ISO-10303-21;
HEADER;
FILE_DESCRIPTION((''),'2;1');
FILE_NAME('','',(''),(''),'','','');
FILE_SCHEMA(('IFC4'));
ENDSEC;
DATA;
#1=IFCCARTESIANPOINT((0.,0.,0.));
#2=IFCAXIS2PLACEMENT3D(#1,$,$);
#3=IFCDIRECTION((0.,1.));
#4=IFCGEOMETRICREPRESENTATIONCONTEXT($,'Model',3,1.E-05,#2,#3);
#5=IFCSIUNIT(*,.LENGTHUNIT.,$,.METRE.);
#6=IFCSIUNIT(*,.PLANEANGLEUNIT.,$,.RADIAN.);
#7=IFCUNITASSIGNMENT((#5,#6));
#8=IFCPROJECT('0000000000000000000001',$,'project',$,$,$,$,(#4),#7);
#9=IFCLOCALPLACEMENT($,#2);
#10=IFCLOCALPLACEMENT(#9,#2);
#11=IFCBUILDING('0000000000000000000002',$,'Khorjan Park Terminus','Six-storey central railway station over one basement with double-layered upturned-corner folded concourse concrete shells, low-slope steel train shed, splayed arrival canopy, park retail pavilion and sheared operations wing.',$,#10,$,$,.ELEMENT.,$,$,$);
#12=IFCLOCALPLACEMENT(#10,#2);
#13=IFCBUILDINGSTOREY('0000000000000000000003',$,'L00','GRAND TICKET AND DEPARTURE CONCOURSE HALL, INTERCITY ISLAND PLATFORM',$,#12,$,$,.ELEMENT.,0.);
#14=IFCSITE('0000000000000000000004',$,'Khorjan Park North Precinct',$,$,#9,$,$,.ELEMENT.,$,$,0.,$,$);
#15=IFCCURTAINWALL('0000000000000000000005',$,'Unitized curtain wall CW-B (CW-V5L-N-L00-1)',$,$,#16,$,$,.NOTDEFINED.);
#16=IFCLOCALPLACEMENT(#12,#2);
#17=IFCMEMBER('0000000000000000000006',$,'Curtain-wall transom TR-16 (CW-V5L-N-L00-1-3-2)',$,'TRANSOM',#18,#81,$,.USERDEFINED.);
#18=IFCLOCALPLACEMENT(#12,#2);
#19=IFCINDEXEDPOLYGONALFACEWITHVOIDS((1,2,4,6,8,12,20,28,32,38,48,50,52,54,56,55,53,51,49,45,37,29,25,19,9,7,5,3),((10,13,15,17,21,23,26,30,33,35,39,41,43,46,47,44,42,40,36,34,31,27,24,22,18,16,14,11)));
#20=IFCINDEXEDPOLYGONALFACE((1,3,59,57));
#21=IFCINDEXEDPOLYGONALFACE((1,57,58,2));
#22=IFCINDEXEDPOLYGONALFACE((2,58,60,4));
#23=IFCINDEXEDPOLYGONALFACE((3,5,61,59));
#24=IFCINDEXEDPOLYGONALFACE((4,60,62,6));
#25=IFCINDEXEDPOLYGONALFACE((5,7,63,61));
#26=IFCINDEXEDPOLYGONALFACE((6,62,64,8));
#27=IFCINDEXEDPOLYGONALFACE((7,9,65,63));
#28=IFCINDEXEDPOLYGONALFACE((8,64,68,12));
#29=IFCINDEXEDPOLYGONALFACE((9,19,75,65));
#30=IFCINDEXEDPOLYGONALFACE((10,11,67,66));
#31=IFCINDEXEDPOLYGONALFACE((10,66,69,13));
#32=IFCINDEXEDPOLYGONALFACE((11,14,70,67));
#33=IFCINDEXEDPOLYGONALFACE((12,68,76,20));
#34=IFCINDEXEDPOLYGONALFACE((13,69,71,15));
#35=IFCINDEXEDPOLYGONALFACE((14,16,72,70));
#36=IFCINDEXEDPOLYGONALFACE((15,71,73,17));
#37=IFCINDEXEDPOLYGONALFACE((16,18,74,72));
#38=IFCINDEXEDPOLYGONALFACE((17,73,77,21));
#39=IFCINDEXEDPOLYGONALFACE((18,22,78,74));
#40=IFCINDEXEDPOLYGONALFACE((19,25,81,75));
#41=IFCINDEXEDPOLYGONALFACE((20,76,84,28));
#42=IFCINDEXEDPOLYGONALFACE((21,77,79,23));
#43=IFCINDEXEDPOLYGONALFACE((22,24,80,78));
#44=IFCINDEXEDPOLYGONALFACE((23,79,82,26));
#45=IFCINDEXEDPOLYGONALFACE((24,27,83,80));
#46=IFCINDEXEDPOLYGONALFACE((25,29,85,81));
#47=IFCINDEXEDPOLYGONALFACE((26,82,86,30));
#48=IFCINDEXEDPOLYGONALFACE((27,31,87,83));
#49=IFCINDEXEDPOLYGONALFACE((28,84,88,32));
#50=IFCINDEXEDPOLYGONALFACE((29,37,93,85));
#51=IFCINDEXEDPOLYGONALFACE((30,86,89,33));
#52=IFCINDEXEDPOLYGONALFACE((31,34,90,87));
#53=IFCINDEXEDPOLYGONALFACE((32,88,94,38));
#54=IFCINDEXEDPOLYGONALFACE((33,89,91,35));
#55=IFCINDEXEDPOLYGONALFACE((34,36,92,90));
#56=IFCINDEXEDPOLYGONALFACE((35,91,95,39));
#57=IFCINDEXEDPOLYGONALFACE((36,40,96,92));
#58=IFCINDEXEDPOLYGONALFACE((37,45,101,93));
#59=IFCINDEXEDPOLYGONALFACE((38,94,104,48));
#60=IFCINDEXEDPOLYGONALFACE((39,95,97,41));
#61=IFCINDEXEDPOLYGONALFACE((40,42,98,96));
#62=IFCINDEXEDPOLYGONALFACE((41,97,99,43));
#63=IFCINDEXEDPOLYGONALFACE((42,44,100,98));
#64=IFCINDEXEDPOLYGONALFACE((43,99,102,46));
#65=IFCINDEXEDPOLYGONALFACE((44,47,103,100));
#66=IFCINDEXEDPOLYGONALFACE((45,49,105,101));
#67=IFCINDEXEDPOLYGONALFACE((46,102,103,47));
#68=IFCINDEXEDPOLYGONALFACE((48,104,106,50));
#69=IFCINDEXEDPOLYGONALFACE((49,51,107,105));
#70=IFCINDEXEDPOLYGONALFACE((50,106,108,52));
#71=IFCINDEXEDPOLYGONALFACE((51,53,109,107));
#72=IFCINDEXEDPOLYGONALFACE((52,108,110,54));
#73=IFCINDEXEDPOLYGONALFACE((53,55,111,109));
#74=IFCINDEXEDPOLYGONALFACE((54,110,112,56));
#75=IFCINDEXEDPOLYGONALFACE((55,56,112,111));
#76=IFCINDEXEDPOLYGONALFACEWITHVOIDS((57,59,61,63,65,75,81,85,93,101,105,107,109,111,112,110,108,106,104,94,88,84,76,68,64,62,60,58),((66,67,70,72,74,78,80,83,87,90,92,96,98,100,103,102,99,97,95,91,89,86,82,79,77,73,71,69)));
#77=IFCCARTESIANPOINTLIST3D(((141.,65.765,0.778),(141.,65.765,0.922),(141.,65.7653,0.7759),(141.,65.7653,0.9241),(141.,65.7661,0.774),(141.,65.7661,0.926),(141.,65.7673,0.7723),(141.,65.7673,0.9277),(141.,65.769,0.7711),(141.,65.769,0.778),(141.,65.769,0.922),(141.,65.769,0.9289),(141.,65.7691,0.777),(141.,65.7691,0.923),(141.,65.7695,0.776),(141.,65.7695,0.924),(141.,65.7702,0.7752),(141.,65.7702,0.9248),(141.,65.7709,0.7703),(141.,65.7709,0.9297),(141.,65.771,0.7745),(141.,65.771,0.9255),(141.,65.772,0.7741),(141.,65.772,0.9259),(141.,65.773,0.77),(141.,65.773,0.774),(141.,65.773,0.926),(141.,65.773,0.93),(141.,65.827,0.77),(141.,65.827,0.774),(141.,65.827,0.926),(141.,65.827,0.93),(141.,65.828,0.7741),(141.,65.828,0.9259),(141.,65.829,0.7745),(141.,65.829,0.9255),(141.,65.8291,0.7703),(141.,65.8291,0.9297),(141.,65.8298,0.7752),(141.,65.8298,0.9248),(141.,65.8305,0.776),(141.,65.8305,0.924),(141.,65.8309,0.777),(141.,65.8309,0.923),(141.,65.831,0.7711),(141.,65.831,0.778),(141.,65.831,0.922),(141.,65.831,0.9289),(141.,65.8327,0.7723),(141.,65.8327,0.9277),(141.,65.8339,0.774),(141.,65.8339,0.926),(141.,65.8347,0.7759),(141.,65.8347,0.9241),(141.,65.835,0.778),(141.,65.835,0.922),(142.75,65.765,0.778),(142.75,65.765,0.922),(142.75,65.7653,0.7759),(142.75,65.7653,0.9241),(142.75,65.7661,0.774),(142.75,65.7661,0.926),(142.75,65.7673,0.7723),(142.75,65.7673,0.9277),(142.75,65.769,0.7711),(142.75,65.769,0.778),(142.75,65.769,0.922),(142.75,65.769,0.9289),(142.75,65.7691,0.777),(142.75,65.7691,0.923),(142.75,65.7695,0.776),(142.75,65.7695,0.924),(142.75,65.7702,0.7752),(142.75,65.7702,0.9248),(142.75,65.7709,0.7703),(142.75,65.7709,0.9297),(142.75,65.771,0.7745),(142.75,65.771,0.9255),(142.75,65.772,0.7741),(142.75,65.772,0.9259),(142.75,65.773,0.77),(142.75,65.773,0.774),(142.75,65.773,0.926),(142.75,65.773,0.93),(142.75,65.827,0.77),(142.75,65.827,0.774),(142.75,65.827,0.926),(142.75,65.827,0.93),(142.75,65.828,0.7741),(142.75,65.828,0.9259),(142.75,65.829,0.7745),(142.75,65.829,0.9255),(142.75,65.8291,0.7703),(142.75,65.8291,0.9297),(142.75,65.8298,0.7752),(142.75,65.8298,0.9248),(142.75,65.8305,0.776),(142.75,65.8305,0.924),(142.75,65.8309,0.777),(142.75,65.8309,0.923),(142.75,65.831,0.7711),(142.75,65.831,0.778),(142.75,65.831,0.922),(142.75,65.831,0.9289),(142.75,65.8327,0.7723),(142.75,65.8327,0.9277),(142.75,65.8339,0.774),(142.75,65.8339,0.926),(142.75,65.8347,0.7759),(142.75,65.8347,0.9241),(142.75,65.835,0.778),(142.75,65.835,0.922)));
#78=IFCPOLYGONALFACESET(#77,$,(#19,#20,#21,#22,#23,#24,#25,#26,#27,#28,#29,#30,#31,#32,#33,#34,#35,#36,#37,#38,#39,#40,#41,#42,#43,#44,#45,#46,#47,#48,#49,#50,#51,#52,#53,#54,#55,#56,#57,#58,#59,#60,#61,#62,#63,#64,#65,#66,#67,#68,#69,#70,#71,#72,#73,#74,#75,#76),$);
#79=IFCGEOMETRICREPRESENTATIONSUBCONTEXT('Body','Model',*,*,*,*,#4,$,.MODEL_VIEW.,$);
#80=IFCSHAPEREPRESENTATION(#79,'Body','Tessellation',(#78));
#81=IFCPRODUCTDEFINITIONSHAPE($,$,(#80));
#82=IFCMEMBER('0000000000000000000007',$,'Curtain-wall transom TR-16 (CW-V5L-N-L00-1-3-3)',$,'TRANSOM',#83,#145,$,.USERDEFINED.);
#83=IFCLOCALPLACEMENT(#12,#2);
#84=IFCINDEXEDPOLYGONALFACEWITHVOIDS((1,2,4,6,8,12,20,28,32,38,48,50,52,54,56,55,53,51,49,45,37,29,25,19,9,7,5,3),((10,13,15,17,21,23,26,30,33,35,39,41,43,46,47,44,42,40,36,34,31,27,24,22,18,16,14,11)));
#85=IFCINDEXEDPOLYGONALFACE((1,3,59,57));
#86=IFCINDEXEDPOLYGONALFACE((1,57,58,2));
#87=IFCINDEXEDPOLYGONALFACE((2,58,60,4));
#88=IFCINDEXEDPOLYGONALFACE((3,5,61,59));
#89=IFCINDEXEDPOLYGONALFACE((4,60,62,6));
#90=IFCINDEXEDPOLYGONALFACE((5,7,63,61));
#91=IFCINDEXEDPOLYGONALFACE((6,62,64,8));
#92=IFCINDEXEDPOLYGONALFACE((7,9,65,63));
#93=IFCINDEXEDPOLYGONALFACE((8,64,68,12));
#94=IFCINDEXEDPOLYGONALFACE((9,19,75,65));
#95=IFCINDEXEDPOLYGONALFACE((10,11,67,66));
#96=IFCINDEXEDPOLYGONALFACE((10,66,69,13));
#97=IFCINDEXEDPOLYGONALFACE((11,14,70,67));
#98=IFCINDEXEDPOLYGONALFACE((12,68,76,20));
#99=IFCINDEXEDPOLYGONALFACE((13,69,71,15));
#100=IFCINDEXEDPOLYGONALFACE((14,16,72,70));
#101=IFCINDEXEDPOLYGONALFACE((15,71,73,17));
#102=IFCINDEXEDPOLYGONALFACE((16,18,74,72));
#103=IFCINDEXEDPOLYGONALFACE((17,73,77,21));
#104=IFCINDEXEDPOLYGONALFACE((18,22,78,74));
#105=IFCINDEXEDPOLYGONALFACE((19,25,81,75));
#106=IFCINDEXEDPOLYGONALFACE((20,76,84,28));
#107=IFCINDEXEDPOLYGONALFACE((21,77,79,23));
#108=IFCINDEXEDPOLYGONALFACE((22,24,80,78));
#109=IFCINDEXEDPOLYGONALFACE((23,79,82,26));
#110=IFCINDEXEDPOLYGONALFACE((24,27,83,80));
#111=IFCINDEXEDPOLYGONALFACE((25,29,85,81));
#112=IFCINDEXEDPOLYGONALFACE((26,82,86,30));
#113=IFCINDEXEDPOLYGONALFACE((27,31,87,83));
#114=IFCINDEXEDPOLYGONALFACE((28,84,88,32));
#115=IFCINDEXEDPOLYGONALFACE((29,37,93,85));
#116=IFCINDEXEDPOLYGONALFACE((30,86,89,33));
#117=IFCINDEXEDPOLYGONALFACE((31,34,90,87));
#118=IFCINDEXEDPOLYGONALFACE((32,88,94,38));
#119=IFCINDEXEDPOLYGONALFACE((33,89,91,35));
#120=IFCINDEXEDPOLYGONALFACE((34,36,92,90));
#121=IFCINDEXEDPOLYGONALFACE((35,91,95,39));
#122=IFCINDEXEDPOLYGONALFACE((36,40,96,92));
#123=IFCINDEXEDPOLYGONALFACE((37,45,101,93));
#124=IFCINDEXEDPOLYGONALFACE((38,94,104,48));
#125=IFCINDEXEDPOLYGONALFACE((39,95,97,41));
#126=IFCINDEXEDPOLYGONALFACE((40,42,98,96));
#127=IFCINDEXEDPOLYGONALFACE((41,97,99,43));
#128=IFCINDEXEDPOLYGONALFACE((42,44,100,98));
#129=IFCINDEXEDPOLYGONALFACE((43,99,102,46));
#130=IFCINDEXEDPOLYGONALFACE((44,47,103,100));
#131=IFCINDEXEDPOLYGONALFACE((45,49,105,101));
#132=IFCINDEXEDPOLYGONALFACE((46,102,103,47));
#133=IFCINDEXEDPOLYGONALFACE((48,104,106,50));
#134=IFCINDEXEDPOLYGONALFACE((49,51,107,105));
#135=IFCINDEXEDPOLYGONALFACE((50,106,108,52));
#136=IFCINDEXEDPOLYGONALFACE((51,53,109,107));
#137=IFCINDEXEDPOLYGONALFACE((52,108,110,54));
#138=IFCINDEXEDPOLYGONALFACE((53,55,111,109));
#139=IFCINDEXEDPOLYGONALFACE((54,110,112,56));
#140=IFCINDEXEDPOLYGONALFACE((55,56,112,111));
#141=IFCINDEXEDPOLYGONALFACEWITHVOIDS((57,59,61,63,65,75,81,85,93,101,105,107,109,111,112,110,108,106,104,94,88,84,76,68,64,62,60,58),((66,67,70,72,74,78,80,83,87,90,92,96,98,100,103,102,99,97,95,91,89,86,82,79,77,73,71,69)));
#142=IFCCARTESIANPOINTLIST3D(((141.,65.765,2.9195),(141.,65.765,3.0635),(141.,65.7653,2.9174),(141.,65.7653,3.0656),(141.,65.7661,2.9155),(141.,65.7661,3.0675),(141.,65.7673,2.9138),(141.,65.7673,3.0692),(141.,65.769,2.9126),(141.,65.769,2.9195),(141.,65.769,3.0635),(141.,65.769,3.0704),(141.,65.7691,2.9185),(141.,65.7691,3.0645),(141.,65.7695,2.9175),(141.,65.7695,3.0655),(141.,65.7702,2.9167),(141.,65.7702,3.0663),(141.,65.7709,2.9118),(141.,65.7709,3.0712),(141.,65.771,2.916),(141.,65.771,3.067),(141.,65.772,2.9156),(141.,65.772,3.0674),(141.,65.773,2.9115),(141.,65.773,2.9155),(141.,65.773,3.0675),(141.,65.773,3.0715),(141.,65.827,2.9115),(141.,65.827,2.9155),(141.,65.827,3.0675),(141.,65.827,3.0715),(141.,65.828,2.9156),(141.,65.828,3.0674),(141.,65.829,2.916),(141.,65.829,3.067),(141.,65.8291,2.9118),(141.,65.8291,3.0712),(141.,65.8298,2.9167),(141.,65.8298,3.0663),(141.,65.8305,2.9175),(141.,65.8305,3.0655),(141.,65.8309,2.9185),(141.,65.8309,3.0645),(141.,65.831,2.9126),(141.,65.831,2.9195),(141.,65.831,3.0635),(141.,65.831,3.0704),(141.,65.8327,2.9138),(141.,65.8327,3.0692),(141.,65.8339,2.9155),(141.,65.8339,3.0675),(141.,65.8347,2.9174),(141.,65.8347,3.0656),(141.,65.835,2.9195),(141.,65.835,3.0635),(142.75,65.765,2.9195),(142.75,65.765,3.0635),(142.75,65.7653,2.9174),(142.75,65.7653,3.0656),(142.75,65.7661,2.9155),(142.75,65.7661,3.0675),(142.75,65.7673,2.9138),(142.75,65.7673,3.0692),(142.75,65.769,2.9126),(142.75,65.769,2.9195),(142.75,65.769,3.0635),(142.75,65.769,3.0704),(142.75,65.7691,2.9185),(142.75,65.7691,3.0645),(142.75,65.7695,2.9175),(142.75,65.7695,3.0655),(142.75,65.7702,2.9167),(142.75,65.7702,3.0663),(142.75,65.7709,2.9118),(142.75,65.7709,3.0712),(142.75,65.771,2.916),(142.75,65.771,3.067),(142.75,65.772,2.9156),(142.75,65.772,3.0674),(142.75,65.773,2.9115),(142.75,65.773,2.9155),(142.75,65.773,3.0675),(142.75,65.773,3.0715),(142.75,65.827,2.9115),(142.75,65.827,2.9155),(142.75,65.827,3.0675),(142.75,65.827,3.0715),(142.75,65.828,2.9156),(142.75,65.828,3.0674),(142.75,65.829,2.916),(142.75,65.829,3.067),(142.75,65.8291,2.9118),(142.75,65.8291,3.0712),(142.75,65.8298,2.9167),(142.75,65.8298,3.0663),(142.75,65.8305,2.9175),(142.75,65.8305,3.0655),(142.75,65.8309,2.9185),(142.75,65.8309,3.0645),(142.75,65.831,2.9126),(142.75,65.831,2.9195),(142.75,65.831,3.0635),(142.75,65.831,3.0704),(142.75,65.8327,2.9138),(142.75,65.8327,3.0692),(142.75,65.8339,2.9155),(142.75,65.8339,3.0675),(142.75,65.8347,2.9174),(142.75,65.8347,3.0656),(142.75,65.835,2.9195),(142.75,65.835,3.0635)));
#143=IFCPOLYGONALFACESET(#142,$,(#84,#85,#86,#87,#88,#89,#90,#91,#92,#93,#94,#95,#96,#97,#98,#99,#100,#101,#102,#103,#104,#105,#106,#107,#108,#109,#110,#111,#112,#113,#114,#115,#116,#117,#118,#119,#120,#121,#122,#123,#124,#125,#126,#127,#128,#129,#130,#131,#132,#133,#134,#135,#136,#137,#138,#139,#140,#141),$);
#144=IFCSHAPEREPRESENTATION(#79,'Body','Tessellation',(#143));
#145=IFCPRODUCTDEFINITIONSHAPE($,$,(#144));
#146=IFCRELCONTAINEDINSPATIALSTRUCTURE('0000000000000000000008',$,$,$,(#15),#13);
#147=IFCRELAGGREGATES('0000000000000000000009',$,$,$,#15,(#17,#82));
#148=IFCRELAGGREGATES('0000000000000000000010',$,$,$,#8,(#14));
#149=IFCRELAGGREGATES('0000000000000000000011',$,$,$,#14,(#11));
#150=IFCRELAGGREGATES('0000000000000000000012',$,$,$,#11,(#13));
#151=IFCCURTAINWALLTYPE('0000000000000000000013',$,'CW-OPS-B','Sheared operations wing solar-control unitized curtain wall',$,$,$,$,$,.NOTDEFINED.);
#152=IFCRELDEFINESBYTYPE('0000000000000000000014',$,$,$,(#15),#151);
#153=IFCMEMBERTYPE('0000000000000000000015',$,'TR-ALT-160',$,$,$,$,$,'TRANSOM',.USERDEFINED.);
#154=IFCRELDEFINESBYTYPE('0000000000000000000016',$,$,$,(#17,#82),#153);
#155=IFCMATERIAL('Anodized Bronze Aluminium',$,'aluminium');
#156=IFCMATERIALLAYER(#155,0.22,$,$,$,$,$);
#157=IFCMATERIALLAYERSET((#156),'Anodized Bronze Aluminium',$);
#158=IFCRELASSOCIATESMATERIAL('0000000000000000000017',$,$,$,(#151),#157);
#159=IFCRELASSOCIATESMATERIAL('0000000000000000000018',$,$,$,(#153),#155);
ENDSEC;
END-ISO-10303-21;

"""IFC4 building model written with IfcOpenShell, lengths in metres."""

from ifc_helpers import new_model, si_unit, direction, frame, origin, origin_2d, place, context, subcontext, project, spatial, hollow_rectangle, extrude, material, layer, layer_set, material_profile, profile_set, type_object, element, aggregate, save


model = new_model("IFC4")

# Units and contexts
model_context = context("Model", 3, precision=1e-05, world=origin(), true_north=direction((0.0, 1.0)))
body_context = subcontext(model_context, "Body", "Model", "MODEL_VIEW")
ifc_project = project(units=[si_unit("LENGTHUNIT", "METRE"), si_unit("PLANEANGLEUNIT", "RADIAN")], contexts=[model_context])

# Site, building, storey
site_placement = place(None, origin())
site = spatial("IfcSite", under=ifc_project, at=site_placement, Name="Khorjan Park North Precinct", CompositionType="ELEMENT", RefElevation=0.0)
building_placement = place(site_placement, origin())
building = spatial("IfcBuilding", under=site, at=building_placement, Name="Khorjan Park Terminus", Description="Six-storey central railway station over one basement with double-layered upturned-corner folded concourse concrete shells, low-slope steel train shed, splayed arrival canopy, park retail pavilion and sheared operations wing.", CompositionType="ELEMENT")
storey_placement = place(building_placement, origin())
storey = spatial("IfcBuildingStorey", under=building, at=storey_placement, Name="L00", Description="GRAND TICKET AND DEPARTURE CONCOURSE HALL, INTERCITY ISLAND PLATFORM", CompositionType="ELEMENT", Elevation=0.0)

# Curtain wall, members
ifc_material_1 = material(Name="Anodized Bronze Aluminium", Category="aluminium")
ifc_layer_1 = layer(ifc_material_1, 0.22)
ifc_layer_set_1 = layer_set([ifc_layer_1], Name="Anodized Bronze Aluminium")
curtain_wall_type = type_object("IfcCurtainWallType", Name="CW-OPS-B", Description="Sheared operations wing solar-control unitized curtain wall", PredefinedType="NOTDEFINED", material=ifc_layer_set_1)
curtain_wall_placement = place(storey_placement, origin())
curtain_wall = element("IfcCurtainWall", 1, at=curtain_wall_placement, inside=storey, type_object=curtain_wall_type, Name="Unitized curtain wall CW-B (CW-V5L-N-L00-1)", PredefinedType="NOTDEFINED")
ifc_material_profile_1 = material_profile(ifc_material_1, hollow_rectangle(XDim=0.07, YDim=0.16, WallThickness=0.004, InnerFilletRadius=0.004, OuterFilletRadius=0.008, at=origin_2d()), Name="ALT 70x160x4")
ifc_profile_set_1 = profile_set([ifc_material_profile_1], Name="Anodized Bronze Aluminium")
member_type_1 = type_object("IfcMemberType", Name="TR-ALT-160", ElementType="TRANSOM", PredefinedType="USERDEFINED", material=ifc_profile_set_1)
member_1_placement = place(storey_placement, frame((142.75, 65.8, 0.85), z_axis=(-1.0, 0.0, 0.0), x_axis=(0.0, -1.0, 0.0)))
member_1 = element("IfcMember", 2, at=member_1_placement, type_object=member_type_1, Name="Curtain-wall transom TR-16 (CW-V5L-N-L00-1-3-2)", ObjectType="TRANSOM", PredefinedType="USERDEFINED", context=body_context, shape_type="SweptSolid", body=[
    extrude(hollow_rectangle(XDim=0.07, YDim=0.16, WallThickness=0.004, InnerFilletRadius=0.004, OuterFilletRadius=0.008, at=origin_2d()), origin(), (0.0, 0.0, 1.0), 1.75),
])
member_2_placement = place(storey_placement, frame((142.75, 65.8, 2.9915), z_axis=(-1.0, 0.0, 0.0), x_axis=(0.0, -1.0, 0.0)))
member_2 = element("IfcMember", 3, at=member_2_placement, type_object=member_type_1, Name="Curtain-wall transom TR-16 (CW-V5L-N-L00-1-3-3)", ObjectType="TRANSOM", PredefinedType="USERDEFINED", context=body_context, shape_type="SweptSolid", body=[
    extrude(hollow_rectangle(XDim=0.07, YDim=0.16, WallThickness=0.004, InnerFilletRadius=0.004, OuterFilletRadius=0.008, at=origin_2d()), origin(), (0.0, 0.0, 1.0), 1.75),
])
aggregate(curtain_wall, [member_1, member_2])

save(model, "model.ifc")
